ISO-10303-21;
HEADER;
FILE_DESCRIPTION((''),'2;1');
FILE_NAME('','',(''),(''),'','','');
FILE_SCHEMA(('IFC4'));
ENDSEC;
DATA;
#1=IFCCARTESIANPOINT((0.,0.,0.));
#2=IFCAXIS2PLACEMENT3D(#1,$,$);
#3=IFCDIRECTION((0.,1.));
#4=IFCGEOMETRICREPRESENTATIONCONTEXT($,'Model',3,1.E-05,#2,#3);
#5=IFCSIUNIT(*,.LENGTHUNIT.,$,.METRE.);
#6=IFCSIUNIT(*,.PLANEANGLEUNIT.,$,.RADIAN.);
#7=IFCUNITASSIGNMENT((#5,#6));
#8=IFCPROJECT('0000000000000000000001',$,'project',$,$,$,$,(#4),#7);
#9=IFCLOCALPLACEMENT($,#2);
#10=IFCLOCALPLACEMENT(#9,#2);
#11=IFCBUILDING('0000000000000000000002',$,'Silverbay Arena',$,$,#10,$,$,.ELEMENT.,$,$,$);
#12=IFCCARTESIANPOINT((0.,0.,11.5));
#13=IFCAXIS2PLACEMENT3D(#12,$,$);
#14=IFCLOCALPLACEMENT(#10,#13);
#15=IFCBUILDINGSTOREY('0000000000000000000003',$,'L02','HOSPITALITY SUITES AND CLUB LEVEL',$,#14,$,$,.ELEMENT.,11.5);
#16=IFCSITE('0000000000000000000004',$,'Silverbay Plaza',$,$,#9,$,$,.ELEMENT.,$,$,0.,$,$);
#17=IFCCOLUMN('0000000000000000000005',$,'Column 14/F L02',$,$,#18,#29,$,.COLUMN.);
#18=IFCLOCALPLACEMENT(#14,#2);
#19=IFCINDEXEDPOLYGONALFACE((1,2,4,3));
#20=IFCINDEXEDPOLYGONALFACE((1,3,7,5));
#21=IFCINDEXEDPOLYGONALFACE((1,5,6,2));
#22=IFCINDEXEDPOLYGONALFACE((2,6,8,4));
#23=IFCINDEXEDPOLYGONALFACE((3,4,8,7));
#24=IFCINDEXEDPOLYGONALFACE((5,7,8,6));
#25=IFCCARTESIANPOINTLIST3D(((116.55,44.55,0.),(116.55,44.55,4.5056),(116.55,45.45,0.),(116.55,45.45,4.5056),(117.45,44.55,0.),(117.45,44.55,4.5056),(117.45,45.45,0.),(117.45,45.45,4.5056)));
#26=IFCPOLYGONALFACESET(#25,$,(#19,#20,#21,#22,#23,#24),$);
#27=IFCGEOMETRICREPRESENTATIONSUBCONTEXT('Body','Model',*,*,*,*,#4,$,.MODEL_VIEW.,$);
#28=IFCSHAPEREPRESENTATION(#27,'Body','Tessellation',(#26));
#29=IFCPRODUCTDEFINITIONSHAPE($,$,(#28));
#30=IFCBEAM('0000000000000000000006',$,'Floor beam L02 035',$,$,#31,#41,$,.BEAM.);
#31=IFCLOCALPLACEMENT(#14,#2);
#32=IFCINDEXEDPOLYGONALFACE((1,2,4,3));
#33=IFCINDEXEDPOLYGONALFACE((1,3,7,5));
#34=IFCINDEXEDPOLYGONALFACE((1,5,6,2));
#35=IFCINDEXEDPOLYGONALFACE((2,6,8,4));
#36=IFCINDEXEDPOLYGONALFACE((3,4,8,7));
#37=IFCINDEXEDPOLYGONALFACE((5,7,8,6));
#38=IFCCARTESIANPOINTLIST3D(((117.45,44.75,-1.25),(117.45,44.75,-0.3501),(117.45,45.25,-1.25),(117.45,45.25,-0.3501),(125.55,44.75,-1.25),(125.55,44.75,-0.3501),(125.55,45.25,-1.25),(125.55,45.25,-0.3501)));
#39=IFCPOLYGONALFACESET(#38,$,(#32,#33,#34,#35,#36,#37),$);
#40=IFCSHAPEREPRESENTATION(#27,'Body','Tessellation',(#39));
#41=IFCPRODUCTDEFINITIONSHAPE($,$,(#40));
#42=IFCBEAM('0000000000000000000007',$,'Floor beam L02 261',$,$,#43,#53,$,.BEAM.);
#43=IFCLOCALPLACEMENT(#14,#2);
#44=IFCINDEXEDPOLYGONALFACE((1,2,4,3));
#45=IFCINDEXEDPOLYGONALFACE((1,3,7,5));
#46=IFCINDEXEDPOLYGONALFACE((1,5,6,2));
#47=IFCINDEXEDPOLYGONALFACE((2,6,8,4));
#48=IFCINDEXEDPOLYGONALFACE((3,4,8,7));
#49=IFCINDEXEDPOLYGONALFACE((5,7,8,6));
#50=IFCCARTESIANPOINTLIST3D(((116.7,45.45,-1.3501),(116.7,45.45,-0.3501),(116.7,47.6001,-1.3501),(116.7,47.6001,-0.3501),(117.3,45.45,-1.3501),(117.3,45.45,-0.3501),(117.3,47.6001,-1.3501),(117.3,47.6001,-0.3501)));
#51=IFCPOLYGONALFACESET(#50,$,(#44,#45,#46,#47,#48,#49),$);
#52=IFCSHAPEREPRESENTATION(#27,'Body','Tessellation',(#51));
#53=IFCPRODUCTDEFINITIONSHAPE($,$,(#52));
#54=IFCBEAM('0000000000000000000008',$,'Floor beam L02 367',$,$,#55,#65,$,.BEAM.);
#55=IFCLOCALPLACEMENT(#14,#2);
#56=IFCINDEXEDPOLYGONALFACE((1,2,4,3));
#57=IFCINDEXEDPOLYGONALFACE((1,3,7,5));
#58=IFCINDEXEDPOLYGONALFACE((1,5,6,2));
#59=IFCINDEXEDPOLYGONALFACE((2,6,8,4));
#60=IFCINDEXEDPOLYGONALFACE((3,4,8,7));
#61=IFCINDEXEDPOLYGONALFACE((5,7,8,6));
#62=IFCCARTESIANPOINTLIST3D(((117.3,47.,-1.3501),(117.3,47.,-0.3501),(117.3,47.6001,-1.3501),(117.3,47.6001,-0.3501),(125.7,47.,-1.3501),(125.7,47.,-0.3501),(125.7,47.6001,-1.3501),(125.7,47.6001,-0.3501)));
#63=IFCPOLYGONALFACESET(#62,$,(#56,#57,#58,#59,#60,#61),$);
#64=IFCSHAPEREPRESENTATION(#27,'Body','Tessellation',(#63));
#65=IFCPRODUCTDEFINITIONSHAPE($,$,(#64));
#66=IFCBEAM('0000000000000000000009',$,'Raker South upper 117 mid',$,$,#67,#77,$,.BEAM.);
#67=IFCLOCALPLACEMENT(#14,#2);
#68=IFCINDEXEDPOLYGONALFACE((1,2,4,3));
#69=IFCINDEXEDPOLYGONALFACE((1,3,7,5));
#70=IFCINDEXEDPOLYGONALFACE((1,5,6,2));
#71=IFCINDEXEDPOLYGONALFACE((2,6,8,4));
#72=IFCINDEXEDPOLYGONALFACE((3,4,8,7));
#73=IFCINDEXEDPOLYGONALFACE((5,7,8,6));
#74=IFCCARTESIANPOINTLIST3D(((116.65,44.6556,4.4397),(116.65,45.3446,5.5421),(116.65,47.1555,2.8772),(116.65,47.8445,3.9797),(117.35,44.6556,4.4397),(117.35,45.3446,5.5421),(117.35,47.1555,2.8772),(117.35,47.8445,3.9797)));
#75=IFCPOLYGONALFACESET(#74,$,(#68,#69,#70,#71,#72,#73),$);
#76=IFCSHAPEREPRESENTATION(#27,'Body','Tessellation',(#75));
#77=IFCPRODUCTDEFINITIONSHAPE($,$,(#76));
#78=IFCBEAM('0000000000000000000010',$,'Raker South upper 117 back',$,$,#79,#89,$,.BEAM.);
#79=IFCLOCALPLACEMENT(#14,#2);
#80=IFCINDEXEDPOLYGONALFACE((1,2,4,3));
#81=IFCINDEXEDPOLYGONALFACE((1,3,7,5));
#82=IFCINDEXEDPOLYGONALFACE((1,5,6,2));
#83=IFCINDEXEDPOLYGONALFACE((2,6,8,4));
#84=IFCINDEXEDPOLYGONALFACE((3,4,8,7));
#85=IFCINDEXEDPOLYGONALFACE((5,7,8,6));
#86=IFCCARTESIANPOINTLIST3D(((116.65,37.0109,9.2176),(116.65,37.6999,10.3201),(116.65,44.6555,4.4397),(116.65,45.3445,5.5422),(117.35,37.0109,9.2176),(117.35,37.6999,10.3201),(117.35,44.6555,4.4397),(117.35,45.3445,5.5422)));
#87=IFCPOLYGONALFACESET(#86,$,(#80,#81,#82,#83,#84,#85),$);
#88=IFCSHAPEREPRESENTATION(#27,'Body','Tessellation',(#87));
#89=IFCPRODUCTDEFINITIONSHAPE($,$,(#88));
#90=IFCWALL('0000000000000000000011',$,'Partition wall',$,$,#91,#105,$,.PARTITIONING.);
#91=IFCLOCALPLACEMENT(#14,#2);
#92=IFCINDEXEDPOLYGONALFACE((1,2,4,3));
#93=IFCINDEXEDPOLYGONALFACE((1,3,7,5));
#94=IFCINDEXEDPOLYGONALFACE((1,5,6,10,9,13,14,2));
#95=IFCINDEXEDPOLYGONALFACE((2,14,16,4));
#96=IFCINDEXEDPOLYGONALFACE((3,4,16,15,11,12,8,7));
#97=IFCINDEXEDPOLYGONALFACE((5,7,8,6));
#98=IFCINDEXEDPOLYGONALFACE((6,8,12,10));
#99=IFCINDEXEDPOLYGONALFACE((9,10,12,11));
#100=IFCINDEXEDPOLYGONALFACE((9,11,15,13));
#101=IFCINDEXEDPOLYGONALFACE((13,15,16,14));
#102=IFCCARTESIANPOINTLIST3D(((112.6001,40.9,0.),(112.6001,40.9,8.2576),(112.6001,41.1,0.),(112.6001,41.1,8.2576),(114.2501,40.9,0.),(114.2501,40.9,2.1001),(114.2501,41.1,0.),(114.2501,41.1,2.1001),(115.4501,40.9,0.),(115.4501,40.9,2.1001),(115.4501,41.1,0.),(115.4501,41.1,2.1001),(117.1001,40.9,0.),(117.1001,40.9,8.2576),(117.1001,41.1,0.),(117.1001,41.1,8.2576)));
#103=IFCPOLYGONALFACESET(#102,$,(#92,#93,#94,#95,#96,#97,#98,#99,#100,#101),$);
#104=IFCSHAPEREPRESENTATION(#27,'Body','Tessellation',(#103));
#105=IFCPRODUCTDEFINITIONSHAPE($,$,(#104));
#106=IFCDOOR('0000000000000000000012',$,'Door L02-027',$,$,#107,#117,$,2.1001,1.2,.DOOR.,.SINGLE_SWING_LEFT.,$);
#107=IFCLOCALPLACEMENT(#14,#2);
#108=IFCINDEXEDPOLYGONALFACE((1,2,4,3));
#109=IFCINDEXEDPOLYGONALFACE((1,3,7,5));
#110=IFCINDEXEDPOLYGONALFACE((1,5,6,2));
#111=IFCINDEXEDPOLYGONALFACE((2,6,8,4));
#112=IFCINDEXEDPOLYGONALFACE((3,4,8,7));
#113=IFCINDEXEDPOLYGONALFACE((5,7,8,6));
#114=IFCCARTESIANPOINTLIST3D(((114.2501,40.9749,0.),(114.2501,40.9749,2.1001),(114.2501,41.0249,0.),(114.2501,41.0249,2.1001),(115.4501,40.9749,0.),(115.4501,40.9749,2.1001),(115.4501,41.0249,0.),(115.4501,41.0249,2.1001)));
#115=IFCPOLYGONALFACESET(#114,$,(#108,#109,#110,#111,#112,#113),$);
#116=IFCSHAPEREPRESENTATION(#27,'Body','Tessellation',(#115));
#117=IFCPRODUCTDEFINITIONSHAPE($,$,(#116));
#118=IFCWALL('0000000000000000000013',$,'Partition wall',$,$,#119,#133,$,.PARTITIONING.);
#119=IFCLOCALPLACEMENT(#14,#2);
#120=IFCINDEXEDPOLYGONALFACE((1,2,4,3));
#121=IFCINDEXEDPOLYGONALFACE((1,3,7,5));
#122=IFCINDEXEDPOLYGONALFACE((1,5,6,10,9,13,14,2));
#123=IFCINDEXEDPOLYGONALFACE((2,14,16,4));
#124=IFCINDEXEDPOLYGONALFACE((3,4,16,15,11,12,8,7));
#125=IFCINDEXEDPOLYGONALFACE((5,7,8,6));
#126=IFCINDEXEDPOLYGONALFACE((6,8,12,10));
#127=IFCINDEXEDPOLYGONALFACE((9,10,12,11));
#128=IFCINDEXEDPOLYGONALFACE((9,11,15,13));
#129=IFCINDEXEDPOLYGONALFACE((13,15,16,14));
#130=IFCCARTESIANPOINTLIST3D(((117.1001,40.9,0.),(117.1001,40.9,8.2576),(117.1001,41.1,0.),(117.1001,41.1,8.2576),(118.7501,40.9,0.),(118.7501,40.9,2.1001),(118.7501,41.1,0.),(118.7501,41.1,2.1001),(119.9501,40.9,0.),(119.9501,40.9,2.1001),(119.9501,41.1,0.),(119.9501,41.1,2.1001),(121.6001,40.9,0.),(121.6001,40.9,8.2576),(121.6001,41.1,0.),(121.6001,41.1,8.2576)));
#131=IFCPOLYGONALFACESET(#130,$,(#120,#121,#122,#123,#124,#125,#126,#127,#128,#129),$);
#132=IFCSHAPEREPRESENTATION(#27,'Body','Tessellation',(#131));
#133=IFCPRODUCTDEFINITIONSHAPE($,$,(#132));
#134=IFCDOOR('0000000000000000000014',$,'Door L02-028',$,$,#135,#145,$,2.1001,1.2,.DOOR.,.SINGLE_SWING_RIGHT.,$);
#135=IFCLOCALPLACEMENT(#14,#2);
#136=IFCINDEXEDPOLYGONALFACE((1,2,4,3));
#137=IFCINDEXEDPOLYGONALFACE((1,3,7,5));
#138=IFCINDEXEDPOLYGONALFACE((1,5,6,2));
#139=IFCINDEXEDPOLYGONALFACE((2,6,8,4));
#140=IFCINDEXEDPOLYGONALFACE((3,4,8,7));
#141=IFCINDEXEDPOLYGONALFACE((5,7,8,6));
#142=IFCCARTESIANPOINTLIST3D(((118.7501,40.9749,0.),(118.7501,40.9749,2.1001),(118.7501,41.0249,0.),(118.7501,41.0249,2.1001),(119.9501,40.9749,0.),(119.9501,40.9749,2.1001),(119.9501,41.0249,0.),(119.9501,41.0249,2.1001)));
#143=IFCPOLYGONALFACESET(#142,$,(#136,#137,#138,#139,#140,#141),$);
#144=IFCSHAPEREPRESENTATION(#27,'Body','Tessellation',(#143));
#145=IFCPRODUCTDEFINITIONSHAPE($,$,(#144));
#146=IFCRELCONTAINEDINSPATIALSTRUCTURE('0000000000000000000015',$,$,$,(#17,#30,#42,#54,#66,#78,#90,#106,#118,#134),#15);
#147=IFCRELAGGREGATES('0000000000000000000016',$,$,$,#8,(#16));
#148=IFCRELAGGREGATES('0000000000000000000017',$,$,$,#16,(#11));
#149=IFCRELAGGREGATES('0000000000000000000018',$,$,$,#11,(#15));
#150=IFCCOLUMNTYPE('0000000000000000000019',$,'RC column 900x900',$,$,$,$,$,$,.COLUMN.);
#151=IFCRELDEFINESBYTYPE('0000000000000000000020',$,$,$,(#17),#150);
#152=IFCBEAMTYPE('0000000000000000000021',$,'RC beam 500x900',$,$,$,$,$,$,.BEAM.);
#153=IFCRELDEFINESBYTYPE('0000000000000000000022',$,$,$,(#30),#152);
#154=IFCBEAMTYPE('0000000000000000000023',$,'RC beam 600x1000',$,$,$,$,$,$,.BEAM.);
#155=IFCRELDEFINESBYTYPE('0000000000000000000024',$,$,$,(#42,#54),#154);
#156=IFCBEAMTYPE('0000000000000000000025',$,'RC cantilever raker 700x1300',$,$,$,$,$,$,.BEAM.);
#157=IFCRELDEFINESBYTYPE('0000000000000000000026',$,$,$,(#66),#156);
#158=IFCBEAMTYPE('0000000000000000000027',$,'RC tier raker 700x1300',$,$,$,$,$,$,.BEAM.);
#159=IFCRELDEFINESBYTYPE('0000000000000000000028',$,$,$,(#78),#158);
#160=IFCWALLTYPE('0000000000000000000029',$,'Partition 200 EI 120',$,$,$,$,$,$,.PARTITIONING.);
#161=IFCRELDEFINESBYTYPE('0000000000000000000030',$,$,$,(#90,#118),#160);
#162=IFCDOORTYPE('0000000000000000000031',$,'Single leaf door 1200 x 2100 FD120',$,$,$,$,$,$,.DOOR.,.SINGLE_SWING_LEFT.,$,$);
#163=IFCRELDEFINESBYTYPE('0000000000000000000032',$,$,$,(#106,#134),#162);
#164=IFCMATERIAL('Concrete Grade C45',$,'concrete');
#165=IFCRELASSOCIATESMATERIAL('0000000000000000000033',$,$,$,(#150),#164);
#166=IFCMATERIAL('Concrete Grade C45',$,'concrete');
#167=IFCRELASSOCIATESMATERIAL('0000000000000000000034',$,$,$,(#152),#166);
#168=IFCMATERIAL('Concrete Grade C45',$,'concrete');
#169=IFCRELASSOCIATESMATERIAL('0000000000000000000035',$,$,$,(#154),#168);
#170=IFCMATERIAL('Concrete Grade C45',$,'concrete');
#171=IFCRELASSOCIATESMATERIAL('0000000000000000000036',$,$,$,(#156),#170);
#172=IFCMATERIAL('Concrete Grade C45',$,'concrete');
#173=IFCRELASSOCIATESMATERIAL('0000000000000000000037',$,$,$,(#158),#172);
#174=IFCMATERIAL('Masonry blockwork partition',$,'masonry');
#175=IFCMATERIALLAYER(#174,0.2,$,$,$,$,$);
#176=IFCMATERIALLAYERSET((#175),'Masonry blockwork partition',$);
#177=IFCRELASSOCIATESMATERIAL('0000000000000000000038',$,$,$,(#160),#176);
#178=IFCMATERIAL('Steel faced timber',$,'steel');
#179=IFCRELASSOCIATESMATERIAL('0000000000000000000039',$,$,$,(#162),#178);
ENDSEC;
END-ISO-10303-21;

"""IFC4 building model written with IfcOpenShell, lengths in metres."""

from ifc_helpers import new_model, si_unit, direction, frame, frame_2d, origin, origin_2d, place, context, subcontext, project, spatial, rectangle, extrude, material, layer, layer_set, material_profile, profile_set, type_object, element, fill, save


model = new_model("IFC4")

# Units and contexts
model_context = context("Model", 3, precision=1e-05, world=origin(), true_north=direction((0.0, 1.0)))
body_context = subcontext(model_context, "Body", "Model", "MODEL_VIEW")
ifc_project = project(units=[si_unit("LENGTHUNIT", "METRE"), si_unit("PLANEANGLEUNIT", "RADIAN")], contexts=[model_context])

# Site, building, storey
site_placement = place(None, origin())
site = spatial("IfcSite", under=ifc_project, at=site_placement, Name="Silverbay Plaza", CompositionType="ELEMENT", RefElevation=0.0)
building_placement = place(site_placement, origin())
building = spatial("IfcBuilding", under=site, at=building_placement, Name="Silverbay Arena", CompositionType="ELEMENT")
storey_placement = place(building_placement, frame((0.0, 0.0, 11.5)))
storey = spatial("IfcBuildingStorey", under=building, at=storey_placement, Name="L02", Description="HOSPITALITY SUITES AND CLUB LEVEL", CompositionType="ELEMENT", Elevation=11.5)

# Column
ifc_material_1 = material(Name="Concrete Grade C45", Category="concrete")
ifc_material_profile_1 = material_profile(ifc_material_1, rectangle(XDim=0.8999, YDim=0.8999, at=origin_2d()), Name="RC 900x900")
ifc_profile_set_1 = profile_set([ifc_material_profile_1], Name="Concrete Grade C45")
column_type = type_object("IfcColumnType", Name="RC column 900x900", PredefinedType="COLUMN", material=ifc_profile_set_1)
column_placement = place(storey_placement, frame((117.0, 45.0, 0.0), z_axis=(0.0, 0.0, 1.0), x_axis=(1.0, 0.0, 0.0)))
element("IfcColumn", 1, at=column_placement, inside=storey, type_object=column_type, Name="Column 14/F L02", PredefinedType="COLUMN", context=body_context, shape_type="SweptSolid", body=[
    extrude(rectangle(XDim=0.8999, YDim=0.8999, at=origin_2d()), origin(), (0.0, 0.0, 1.0), 4.5056),
])

# Beams
ifc_material_2 = material(Name="Concrete Grade C45", Category="concrete")
ifc_material_profile_2 = material_profile(ifc_material_2, rectangle(XDim=0.5, YDim=0.8999, at=origin_2d()), Name="RC 500x900")
ifc_profile_set_2 = profile_set([ifc_material_profile_2], Name="Concrete Grade C45")
beam_type_1 = type_object("IfcBeamType", Name="RC beam 500x900", PredefinedType="BEAM", material=ifc_profile_set_2)
beam_1_placement = place(storey_placement, frame((117.45, 45.0, -0.8), z_axis=(1.0, 0.0, 0.0), x_axis=(0.0, 1.0, 0.0)))
element("IfcBeam", 2, at=beam_1_placement, inside=storey, type_object=beam_type_1, Name="Floor beam L02 035", PredefinedType="BEAM", context=body_context, shape_type="SweptSolid", body=[
    extrude(rectangle(XDim=0.5, YDim=0.8999, at=origin_2d()), origin(), (0.0, 0.0, 1.0), 8.1001),
])
ifc_material_3 = material(Name="Concrete Grade C45", Category="concrete")
ifc_material_profile_3 = material_profile(ifc_material_3, rectangle(XDim=0.6001, YDim=1.0, at=origin_2d()), Name="RC 600x1000")
ifc_profile_set_3 = profile_set([ifc_material_profile_3], Name="Concrete Grade C45")
beam_type_2 = type_object("IfcBeamType", Name="RC beam 600x1000", PredefinedType="BEAM", material=ifc_profile_set_3)
beam_2_placement = place(storey_placement, frame((117.0, 45.45, -0.8501), z_axis=(0.0, 1.0, 0.0), x_axis=(-1.0, 0.0, 0.0)))
element("IfcBeam", 3, at=beam_2_placement, inside=storey, type_object=beam_type_2, Name="Floor beam L02 261", PredefinedType="BEAM", context=body_context, shape_type="SweptSolid", body=[
    extrude(rectangle(XDim=0.6001, YDim=1.0, at=origin_2d()), origin(), (0.0, 0.0, 1.0), 2.1501),
])
beam_3_placement = place(storey_placement, frame((117.3, 47.3, -0.8501), z_axis=(1.0, 0.0, 0.0), x_axis=(0.0, 1.0, 0.0)))
element("IfcBeam", 4, at=beam_3_placement, inside=storey, type_object=beam_type_2, Name="Floor beam L02 367", PredefinedType="BEAM", context=body_context, shape_type="SweptSolid", body=[
    extrude(rectangle(XDim=0.6001, YDim=1.0, at=origin_2d()), origin(), (0.0, 0.0, 1.0), 8.3999),
])
ifc_material_4 = material(Name="Concrete Grade C45", Category="concrete")
ifc_material_profile_4 = material_profile(ifc_material_4, rectangle(XDim=0.7, YDim=1.3, at=origin_2d()), Name="RC 700x1300")
ifc_profile_set_4 = profile_set([ifc_material_profile_4], Name="Concrete Grade C45")
beam_type_3 = type_object("IfcBeamType", Name="RC cantilever raker 700x1300", PredefinedType="BEAM", material=ifc_profile_set_4)
beam_4_placement = place(storey_placement, frame((117.0, 47.5, 3.4285), z_axis=(0.0, -0.847998, 0.529999), x_axis=(1.0, 0.0, 0.0)))
element("IfcBeam", 5, at=beam_4_placement, inside=storey, type_object=beam_type_3, Name="Raker South upper 117 mid", PredefinedType="BEAM", context=body_context, shape_type="SweptSolid", body=[
    extrude(rectangle(XDim=0.7, YDim=1.3, at=origin_2d()), origin(), (0.0, 0.0, 1.0), 2.948),
])
ifc_material_5 = material(Name="Concrete Grade C45", Category="concrete")
ifc_material_profile_5 = material_profile(ifc_material_5, rectangle(XDim=0.7, YDim=1.3, at=origin_2d()), Name="RC 700x1300")
ifc_profile_set_5 = profile_set([ifc_material_profile_5], Name="Concrete Grade C45")
beam_type_4 = type_object("IfcBeamType", Name="RC tier raker 700x1300", PredefinedType="BEAM", material=ifc_profile_set_5)
beam_5_placement = place(storey_placement, frame((117.0, 45.0, 4.991), z_axis=(0.0, -0.847998, 0.529999), x_axis=(1.0, 0.0, 0.0)))
element("IfcBeam", 6, at=beam_5_placement, inside=storey, type_object=beam_type_4, Name="Raker South upper 117 back", PredefinedType="BEAM", context=body_context, shape_type="SweptSolid", body=[
    extrude(rectangle(XDim=0.7, YDim=1.3, at=origin_2d()), origin(), (0.0, 0.0, 1.0), 9.0149),
])

# Walls, openings, doors
ifc_material_6 = material(Name="Masonry blockwork partition", Category="masonry")
ifc_layer_1 = layer(ifc_material_6, 0.2)
ifc_layer_set_1 = layer_set([ifc_layer_1], Name="Masonry blockwork partition")
wall_type_1 = type_object("IfcWallType", Name="Partition 200 EI 120", PredefinedType="PARTITIONING", material=ifc_layer_set_1)
wall_1_placement = place(storey_placement, frame((112.6001, 41.0, 0.0), z_axis=(0.0, 0.0, 1.0), x_axis=(1.0, 0.0, 0.0)))
wall_1 = element("IfcWall", 7, at=wall_1_placement, inside=storey, type_object=wall_type_1, Name="Partition wall", PredefinedType="PARTITIONING", context=body_context, shape_type="SweptSolid", body=[
    extrude(rectangle(XDim=4.5, YDim=0.2, at=frame_2d((2.25, 0.0))), origin(), (0.0, 0.0, 1.0), 8.2576),
])
opening_1_placement = place(wall_1_placement, frame((1.6499, 0.0, 0.0)))
opening_1 = element("IfcOpeningElement", 8, at=opening_1_placement, cuts=wall_1, PredefinedType="OPENING", context=body_context, shape_type="SweptSolid", body=[
    extrude(rectangle(XDim=1.2, YDim=2.1001, at=frame_2d((0.6001, 1.05))), frame((0.0, 0.1099, 0.0), z_axis=(0.0, -1.0, 0.0), x_axis=(1.0, 0.0, 0.0)), (0.0, 0.0, 1.0), 0.22),
])
ifc_material_7 = material(Name="Steel faced timber", Category="steel")
door_type = type_object("IfcDoorType", Name="Single leaf door 1200 x 2100 FD120", OperationType="SINGLE_SWING_LEFT", PredefinedType="DOOR", material=ifc_material_7)
door_1_placement = place(opening_1_placement, origin())
door_1 = element("IfcDoor", 9, at=door_1_placement, inside=storey, type_object=door_type, Name="Door L02-027", OperationType="SINGLE_SWING_LEFT", OverallHeight=2.1001, OverallWidth=1.2, PredefinedType="DOOR", context=body_context, shape_type="SweptSolid", body=[
    extrude(rectangle(XDim=1.2, YDim=2.1001, at=frame_2d((0.6001, 1.05))), frame((0.0, 0.0249, 0.0), z_axis=(0.0, -1.0, 0.0), x_axis=(1.0, 0.0, 0.0)), (0.0, 0.0, 1.0), 0.05),
])
fill(opening_1, door_1)
wall_2_placement = place(storey_placement, frame((117.1001, 41.0, 0.0), z_axis=(0.0, 0.0, 1.0), x_axis=(1.0, 0.0, 0.0)))
wall_2 = element("IfcWall", 10, at=wall_2_placement, inside=storey, type_object=wall_type_1, Name="Partition wall", PredefinedType="PARTITIONING", context=body_context, shape_type="SweptSolid", body=[
    extrude(rectangle(XDim=4.5, YDim=0.2, at=frame_2d((2.25, 0.0))), origin(), (0.0, 0.0, 1.0), 8.2576),
])
opening_2_placement = place(wall_2_placement, frame((1.6499, 0.0, 0.0)))
opening_2 = element("IfcOpeningElement", 11, at=opening_2_placement, cuts=wall_2, PredefinedType="OPENING", context=body_context, shape_type="SweptSolid", body=[
    extrude(rectangle(XDim=1.2, YDim=2.1001, at=frame_2d((0.6001, 1.05))), frame((0.0, 0.1099, 0.0), z_axis=(0.0, -1.0, 0.0), x_axis=(1.0, 0.0, 0.0)), (0.0, 0.0, 1.0), 0.22),
])
door_2_placement = place(opening_2_placement, origin())
door_2 = element("IfcDoor", 12, at=door_2_placement, inside=storey, type_object=door_type, Name="Door L02-028", OperationType="SINGLE_SWING_RIGHT", OverallHeight=2.1001, OverallWidth=1.2, PredefinedType="DOOR", context=body_context, shape_type="SweptSolid", body=[
    extrude(rectangle(XDim=1.2, YDim=2.1001, at=frame_2d((0.6001, 1.05))), frame((0.0, 0.0249, 0.0), z_axis=(0.0, -1.0, 0.0), x_axis=(1.0, 0.0, 0.0)), (0.0, 0.0, 1.0), 0.05),
])
fill(opening_2, door_2)

save(model, "model.ifc")
